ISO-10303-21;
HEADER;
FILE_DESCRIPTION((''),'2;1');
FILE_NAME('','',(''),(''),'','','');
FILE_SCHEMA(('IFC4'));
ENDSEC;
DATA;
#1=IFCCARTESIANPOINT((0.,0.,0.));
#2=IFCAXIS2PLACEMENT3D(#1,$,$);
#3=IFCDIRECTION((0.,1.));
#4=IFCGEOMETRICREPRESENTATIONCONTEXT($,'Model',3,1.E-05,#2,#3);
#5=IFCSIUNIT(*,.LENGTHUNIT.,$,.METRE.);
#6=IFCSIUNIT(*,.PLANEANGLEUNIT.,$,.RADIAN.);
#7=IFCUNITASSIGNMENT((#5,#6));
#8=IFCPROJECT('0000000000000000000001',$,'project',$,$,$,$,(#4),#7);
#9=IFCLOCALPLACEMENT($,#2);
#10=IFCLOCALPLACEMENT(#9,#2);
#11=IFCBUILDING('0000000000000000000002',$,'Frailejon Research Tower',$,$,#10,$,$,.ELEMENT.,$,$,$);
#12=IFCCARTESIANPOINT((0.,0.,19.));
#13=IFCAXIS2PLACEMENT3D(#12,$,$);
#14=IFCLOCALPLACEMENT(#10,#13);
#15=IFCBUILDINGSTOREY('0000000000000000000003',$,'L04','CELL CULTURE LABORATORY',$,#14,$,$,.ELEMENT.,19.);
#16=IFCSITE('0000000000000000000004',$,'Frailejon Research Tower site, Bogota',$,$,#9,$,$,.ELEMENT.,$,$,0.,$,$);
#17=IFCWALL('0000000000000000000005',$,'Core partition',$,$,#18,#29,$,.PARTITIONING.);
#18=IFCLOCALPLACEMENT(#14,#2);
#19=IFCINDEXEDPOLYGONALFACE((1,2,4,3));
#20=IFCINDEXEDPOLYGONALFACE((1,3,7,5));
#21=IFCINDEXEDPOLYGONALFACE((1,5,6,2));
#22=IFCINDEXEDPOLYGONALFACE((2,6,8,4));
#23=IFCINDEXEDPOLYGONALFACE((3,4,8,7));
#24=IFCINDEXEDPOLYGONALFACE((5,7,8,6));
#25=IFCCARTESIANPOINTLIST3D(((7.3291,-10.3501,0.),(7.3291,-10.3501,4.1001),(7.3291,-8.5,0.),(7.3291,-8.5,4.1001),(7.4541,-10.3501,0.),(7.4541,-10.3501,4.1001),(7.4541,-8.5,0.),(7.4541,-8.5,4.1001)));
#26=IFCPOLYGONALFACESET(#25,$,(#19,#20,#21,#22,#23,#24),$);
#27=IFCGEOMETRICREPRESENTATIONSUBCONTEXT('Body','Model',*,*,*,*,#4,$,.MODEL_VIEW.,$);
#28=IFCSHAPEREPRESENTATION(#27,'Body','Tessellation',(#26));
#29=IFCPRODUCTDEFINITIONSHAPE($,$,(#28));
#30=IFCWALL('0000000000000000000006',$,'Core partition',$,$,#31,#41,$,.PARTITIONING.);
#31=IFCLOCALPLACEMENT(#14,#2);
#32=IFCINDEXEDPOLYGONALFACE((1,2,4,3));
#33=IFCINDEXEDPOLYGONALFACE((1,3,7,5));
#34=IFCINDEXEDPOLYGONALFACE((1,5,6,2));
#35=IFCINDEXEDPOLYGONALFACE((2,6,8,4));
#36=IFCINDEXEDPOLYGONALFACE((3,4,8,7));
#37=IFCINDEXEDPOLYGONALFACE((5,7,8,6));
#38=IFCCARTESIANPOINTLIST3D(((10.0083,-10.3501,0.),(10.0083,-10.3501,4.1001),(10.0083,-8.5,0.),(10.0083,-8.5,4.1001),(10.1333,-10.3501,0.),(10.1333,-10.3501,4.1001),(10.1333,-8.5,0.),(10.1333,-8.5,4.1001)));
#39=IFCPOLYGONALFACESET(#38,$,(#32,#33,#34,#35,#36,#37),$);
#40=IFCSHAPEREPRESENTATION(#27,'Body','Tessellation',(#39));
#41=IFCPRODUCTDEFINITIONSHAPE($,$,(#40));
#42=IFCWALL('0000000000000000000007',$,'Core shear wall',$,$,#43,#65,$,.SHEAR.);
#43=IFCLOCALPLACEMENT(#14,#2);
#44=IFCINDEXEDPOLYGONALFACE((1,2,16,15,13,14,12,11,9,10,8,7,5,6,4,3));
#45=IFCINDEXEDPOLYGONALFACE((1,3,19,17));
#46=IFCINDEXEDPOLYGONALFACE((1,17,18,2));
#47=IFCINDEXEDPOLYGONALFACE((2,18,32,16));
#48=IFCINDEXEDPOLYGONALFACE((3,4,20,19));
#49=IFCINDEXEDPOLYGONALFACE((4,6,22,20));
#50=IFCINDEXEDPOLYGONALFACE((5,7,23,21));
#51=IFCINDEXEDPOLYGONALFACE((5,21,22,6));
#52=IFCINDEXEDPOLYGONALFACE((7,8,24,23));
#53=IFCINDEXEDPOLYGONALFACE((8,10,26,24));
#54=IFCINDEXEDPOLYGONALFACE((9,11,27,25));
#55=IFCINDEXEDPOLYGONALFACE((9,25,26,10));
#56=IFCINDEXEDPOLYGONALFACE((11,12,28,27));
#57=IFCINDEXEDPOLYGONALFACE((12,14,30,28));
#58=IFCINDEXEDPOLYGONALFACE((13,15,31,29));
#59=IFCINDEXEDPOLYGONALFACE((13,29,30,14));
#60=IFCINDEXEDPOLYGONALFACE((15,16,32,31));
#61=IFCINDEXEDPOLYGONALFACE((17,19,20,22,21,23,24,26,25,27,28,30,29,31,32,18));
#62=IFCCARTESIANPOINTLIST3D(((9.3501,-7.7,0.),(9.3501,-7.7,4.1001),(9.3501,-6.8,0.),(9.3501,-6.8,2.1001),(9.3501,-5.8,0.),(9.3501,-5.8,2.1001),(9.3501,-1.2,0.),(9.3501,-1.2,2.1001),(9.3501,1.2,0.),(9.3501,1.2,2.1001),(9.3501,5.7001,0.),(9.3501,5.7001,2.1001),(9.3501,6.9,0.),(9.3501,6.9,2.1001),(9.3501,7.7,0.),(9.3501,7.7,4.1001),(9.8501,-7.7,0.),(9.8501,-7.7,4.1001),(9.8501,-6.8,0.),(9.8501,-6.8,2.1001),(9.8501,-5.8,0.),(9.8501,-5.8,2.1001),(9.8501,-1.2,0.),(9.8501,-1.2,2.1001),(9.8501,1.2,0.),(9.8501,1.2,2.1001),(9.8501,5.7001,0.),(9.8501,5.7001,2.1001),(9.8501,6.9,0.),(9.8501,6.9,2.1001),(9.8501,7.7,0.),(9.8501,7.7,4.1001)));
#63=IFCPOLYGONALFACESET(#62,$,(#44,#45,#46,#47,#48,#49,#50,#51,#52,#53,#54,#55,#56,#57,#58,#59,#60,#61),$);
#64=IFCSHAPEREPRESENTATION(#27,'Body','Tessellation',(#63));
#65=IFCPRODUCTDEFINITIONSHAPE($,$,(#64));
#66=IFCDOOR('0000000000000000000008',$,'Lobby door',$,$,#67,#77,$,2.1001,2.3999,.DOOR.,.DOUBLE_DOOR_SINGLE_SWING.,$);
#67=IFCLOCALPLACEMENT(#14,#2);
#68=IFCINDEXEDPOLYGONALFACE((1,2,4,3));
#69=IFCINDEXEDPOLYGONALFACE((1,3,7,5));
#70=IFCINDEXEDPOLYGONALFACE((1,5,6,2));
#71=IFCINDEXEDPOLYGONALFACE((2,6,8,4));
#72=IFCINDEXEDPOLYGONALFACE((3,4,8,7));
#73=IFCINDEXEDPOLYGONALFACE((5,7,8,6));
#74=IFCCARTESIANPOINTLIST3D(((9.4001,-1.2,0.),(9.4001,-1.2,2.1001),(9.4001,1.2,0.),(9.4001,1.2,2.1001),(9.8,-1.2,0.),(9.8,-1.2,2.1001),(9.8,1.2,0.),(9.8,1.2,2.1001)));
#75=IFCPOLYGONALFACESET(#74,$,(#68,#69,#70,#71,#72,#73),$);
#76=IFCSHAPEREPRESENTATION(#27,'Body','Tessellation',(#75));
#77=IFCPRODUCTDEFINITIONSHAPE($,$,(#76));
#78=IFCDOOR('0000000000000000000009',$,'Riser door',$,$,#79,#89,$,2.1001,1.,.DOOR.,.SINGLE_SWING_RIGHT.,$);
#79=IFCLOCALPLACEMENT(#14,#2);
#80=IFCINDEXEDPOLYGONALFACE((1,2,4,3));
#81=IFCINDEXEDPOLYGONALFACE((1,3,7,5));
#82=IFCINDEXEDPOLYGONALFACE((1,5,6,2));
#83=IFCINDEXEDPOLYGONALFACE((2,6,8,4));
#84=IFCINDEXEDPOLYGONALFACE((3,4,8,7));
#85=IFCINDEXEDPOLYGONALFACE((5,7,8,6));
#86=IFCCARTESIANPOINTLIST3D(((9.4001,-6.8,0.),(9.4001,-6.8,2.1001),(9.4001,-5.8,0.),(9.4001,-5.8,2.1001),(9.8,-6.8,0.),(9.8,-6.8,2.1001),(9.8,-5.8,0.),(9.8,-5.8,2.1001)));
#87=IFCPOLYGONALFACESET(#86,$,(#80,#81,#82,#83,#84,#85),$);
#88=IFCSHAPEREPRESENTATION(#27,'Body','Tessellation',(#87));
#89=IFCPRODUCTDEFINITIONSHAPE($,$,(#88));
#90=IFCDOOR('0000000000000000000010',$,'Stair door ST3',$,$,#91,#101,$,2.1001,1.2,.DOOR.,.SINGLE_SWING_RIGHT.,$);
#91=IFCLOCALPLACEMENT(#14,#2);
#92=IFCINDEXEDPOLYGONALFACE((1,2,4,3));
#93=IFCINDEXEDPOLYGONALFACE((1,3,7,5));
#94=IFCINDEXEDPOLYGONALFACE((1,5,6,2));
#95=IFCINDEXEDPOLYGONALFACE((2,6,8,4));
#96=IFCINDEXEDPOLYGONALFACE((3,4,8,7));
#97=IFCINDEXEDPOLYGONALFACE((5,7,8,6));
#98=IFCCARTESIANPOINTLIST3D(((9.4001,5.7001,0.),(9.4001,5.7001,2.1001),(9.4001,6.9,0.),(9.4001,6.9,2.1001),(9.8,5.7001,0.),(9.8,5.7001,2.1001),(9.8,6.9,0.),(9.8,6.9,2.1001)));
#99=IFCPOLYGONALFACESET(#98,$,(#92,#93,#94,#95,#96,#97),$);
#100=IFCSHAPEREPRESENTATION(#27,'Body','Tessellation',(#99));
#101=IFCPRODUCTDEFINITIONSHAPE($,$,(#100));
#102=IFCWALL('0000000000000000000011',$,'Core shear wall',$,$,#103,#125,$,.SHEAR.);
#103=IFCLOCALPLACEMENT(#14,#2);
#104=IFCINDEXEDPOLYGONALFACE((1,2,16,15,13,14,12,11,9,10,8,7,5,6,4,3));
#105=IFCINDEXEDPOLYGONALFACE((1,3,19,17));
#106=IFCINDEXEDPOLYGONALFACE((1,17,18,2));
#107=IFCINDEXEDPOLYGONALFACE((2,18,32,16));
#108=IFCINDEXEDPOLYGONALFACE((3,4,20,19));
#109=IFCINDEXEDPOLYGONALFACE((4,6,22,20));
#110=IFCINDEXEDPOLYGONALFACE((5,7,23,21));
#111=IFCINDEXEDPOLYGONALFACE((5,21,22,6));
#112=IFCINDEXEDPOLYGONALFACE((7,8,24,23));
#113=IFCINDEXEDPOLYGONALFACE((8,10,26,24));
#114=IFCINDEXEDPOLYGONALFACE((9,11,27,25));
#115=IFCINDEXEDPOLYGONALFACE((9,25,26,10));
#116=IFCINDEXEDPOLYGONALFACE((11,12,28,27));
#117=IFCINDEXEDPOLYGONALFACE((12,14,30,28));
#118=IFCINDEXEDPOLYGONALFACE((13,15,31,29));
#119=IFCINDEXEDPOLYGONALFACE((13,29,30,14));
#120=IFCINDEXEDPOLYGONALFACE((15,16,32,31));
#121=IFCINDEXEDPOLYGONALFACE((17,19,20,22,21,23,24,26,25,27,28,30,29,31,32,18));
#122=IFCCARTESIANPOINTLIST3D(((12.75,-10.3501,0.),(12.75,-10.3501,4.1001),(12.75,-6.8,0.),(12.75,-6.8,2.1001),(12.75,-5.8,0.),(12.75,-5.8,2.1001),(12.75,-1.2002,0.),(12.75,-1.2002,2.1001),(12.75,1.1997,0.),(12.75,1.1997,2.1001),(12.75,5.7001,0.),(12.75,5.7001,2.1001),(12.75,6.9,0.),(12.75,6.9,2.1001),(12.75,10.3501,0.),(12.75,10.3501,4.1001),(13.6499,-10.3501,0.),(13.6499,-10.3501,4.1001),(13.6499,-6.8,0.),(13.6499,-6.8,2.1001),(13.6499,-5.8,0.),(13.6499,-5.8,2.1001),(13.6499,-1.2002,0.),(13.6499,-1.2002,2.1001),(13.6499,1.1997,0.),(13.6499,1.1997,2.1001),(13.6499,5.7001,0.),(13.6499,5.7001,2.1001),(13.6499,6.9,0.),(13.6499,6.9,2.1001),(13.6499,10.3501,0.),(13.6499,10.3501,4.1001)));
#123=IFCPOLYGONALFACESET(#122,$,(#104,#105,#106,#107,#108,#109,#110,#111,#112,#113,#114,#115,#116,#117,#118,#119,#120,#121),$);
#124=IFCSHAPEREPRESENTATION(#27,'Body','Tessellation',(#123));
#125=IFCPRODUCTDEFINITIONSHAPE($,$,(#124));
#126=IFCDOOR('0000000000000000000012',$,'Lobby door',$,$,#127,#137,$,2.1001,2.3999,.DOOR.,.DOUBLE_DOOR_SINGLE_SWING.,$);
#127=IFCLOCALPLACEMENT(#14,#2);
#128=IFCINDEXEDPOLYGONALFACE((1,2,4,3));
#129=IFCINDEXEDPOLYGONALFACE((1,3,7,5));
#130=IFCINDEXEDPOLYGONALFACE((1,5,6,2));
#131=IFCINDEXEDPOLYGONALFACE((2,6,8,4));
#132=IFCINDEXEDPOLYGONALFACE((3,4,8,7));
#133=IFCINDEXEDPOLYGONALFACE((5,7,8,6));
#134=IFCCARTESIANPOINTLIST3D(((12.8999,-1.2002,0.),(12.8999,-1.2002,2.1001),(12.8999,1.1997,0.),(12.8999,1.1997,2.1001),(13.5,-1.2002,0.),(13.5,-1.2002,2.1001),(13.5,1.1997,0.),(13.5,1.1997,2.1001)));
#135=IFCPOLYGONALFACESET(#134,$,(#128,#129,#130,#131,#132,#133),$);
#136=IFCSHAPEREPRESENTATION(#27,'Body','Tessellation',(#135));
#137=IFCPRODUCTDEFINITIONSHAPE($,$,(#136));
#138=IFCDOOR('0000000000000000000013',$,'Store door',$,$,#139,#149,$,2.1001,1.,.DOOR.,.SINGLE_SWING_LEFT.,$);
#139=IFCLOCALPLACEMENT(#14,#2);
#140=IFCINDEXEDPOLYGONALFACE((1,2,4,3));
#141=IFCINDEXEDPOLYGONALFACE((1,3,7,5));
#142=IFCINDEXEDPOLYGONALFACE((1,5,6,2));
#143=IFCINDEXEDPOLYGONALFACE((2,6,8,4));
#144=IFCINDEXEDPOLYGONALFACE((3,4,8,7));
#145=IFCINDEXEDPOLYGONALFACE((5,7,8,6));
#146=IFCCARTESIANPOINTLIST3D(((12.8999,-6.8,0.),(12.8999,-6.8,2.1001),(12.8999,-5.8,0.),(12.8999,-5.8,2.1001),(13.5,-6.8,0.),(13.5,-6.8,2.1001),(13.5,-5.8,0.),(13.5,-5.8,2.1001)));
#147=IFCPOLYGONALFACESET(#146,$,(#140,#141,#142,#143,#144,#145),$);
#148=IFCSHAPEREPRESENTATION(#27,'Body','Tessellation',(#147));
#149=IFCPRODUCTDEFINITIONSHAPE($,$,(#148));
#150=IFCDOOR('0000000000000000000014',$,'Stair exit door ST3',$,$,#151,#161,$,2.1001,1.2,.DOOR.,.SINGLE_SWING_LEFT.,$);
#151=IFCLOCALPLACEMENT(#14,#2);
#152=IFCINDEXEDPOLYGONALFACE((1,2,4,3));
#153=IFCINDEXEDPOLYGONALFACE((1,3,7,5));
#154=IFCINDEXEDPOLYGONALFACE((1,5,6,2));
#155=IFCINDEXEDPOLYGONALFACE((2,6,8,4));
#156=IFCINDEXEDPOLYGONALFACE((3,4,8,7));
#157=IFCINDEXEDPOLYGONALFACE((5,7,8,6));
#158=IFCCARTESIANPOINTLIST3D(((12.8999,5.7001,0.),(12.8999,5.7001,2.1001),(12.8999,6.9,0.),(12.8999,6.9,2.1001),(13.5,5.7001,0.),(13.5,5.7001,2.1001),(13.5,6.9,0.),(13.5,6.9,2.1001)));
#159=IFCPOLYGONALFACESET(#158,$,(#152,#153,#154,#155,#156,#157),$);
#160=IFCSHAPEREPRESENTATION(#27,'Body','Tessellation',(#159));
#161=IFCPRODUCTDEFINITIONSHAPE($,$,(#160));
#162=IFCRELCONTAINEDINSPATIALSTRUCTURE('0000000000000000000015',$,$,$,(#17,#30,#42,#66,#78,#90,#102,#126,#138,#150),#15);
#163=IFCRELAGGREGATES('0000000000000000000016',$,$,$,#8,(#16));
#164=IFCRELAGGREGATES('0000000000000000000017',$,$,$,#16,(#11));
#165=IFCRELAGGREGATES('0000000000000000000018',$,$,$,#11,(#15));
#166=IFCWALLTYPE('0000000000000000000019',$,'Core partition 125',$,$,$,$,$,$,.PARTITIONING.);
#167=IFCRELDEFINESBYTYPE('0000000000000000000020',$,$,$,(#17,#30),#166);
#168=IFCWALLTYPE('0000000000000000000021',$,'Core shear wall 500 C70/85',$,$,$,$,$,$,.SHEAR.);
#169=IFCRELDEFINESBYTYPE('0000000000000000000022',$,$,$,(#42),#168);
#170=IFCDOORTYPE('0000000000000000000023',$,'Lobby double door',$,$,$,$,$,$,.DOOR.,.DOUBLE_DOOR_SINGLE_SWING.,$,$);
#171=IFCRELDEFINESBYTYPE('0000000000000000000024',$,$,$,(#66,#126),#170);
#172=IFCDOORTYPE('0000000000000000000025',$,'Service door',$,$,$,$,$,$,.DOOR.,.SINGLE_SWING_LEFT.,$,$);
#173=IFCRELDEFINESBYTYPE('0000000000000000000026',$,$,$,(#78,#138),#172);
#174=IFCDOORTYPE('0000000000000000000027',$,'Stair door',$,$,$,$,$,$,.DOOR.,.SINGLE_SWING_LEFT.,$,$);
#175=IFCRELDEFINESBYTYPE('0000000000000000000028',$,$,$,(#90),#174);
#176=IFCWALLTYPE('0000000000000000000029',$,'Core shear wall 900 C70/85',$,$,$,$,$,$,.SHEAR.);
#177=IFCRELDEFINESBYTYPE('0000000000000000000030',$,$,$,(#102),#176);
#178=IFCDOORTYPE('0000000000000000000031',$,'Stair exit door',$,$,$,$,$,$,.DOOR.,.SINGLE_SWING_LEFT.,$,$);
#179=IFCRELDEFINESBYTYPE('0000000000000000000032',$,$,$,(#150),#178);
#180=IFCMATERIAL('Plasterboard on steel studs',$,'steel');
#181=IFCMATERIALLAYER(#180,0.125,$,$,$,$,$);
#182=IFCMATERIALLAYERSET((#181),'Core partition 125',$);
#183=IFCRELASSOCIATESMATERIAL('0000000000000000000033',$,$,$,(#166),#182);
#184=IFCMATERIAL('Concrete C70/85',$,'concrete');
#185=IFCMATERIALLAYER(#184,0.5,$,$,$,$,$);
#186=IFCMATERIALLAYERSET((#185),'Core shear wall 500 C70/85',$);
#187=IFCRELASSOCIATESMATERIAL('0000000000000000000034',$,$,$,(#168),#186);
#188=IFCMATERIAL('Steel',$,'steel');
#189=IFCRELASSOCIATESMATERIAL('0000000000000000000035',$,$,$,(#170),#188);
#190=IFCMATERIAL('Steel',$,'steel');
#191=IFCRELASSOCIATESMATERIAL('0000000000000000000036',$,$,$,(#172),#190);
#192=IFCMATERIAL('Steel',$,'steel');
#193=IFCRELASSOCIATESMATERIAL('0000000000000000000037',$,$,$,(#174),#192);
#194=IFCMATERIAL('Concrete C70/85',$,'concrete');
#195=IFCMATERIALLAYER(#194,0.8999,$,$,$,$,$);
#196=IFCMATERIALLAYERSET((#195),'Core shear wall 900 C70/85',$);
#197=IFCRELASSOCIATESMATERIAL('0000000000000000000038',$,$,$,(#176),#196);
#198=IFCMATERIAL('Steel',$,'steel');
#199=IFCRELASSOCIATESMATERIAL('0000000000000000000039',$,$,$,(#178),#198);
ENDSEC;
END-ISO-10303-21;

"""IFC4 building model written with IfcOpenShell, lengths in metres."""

from ifc_helpers import new_model, si_unit, direction, frame, frame_2d, origin, place, context, subcontext, project, spatial, rectangle, extrude, material, layer, layer_set, type_object, element, fill, save


model = new_model("IFC4")

# Units and contexts
model_context = context("Model", 3, precision=1e-05, world=origin(), true_north=direction((0.0, 1.0)))
body_context = subcontext(model_context, "Body", "Model", "MODEL_VIEW")
ifc_project = project(units=[si_unit("LENGTHUNIT", "METRE"), si_unit("PLANEANGLEUNIT", "RADIAN")], contexts=[model_context])

# Site, building, storey
site_placement = place(None, origin())
site = spatial("IfcSite", under=ifc_project, at=site_placement, Name="Frailejon Research Tower site, Bogota", CompositionType="ELEMENT", RefElevation=0.0)
building_placement = place(site_placement, origin())
building = spatial("IfcBuilding", under=site, at=building_placement, Name="Frailejon Research Tower", CompositionType="ELEMENT")
storey_placement = place(building_placement, frame((0.0, 0.0, 19.0)))
storey = spatial("IfcBuildingStorey", under=building, at=storey_placement, Name="L04", Description="CELL CULTURE LABORATORY", CompositionType="ELEMENT", Elevation=19.0)

# Walls
ifc_material_1 = material(Name="Plasterboard on steel studs", Category="steel")
ifc_layer_1 = layer(ifc_material_1, 0.125)
ifc_layer_set_1 = layer_set([ifc_layer_1], Name="Core partition 125")
wall_type_1 = type_object("IfcWallType", Name="Core partition 125", PredefinedType="PARTITIONING", material=ifc_layer_set_1)
for number, where, z_axis, x_axis, name in (
    (1, (7.3916, -10.3501, 0.0), (0.0, 0.0, 1.0), (0.0, 1.0, 0.0), "Core partition"),
    (2, (10.0708, -10.3501, 0.0), (0.0, 0.0, 1.0), (0.0, 1.0, 0.0), "Core partition"),
):
    element("IfcWall", number, at=place(storey_placement, frame(where, z_axis=z_axis, x_axis=x_axis)), inside=storey, type_object=wall_type_1, Name=name, PredefinedType="PARTITIONING", context=body_context, shape_type="SweptSolid", body=[
        extrude(rectangle(XDim=1.8501, YDim=0.125, at=frame_2d((0.925, 0.0))), origin(), (0.0, 0.0, 1.0), 4.1001),
    ])

# Walls, openings, doors
ifc_material_2 = material(Name="Concrete C70/85", Category="concrete")
ifc_layer_2 = layer(ifc_material_2, 0.5)
ifc_layer_set_2 = layer_set([ifc_layer_2], Name="Core shear wall 500 C70/85")
wall_type_2 = type_object("IfcWallType", Name="Core shear wall 500 C70/85", PredefinedType="SHEAR", material=ifc_layer_set_2)
wall_1_placement = place(storey_placement, frame((9.6001, -7.7, 0.0), z_axis=(0.0, 0.0, 1.0), x_axis=(0.0, 1.0, 0.0)))
wall_1 = element("IfcWall", 3, at=wall_1_placement, inside=storey, type_object=wall_type_2, Name="Core shear wall", PredefinedType="SHEAR", context=body_context, shape_type="SweptSolid", body=[
    extrude(rectangle(XDim=15.3999, YDim=0.5, at=frame_2d((7.7, 0.0))), origin(), (0.0, 0.0, 1.0), 4.1001),
])
opening_1_placement = place(wall_1_placement, frame((6.5, 0.0, 0.0)))
opening_1 = element("IfcOpeningElement", 4, at=opening_1_placement, cuts=wall_1, PredefinedType="OPENING", context=body_context, shape_type="SweptSolid", body=[
    extrude(rectangle(XDim=2.3999, YDim=2.1001, at=frame_2d((1.2, 1.05))), frame((0.0, 0.26, 0.0), z_axis=(0.0, -1.0, 0.0), x_axis=(1.0, 0.0, 0.0)), (0.0, 0.0, 1.0), 0.52),
])
opening_2_placement = place(wall_1_placement, frame((13.3999, 0.0, 0.0)))
opening_2 = element("IfcOpeningElement", 5, at=opening_2_placement, cuts=wall_1, PredefinedType="OPENING", context=body_context, shape_type="SweptSolid", body=[
    extrude(rectangle(XDim=1.2, YDim=2.1001, at=frame_2d((0.6001, 1.05))), frame((0.0, 0.26, 0.0), z_axis=(0.0, -1.0, 0.0), x_axis=(1.0, 0.0, 0.0)), (0.0, 0.0, 1.0), 0.52),
])
opening_3_placement = place(wall_1_placement, frame((0.8999, 0.0, 0.0)))
opening_3 = element("IfcOpeningElement", 6, at=opening_3_placement, cuts=wall_1, PredefinedType="OPENING", context=body_context, shape_type="SweptSolid", body=[
    extrude(rectangle(XDim=1.0, YDim=2.1001, at=frame_2d((0.5, 1.05))), frame((0.0, 0.26, 0.0), z_axis=(0.0, -1.0, 0.0), x_axis=(1.0, 0.0, 0.0)), (0.0, 0.0, 1.0), 0.52),
])
ifc_material_3 = material(Name="Steel", Category="steel")
door_type_1 = type_object("IfcDoorType", Name="Lobby double door", OperationType="DOUBLE_DOOR_SINGLE_SWING", PredefinedType="DOOR", material=ifc_material_3)
door_1_placement = place(opening_1_placement, origin())
door_1 = element("IfcDoor", 7, at=door_1_placement, inside=storey, type_object=door_type_1, Name="Lobby door", OperationType="DOUBLE_DOOR_SINGLE_SWING", OverallHeight=2.1001, OverallWidth=2.3999, PredefinedType="DOOR", context=body_context, shape_type="SweptSolid", body=[
    extrude(rectangle(XDim=2.3999, YDim=2.1001, at=frame_2d((1.2, 1.05))), frame((0.0, 0.2, 0.0), z_axis=(0.0, -1.0, 0.0), x_axis=(1.0, 0.0, 0.0)), (0.0, 0.0, 1.0), 0.3999),
])
fill(opening_1, door_1)
ifc_material_4 = material(Name="Steel", Category="steel")
door_type_2 = type_object("IfcDoorType", Name="Service door", OperationType="SINGLE_SWING_LEFT", PredefinedType="DOOR", material=ifc_material_4)
door_2_placement = place(opening_3_placement, origin())
door_2 = element("IfcDoor", 8, at=door_2_placement, inside=storey, type_object=door_type_2, Name="Riser door", OperationType="SINGLE_SWING_RIGHT", OverallHeight=2.1001, OverallWidth=1.0, PredefinedType="DOOR", context=body_context, shape_type="SweptSolid", body=[
    extrude(rectangle(XDim=1.0, YDim=2.1001, at=frame_2d((0.5, 1.05))), frame((0.0, 0.2, 0.0), z_axis=(0.0, -1.0, 0.0), x_axis=(1.0, 0.0, 0.0)), (0.0, 0.0, 1.0), 0.3999),
])
fill(opening_3, door_2)
ifc_material_5 = material(Name="Steel", Category="steel")
door_type_3 = type_object("IfcDoorType", Name="Stair door", OperationType="SINGLE_SWING_LEFT", PredefinedType="DOOR", material=ifc_material_5)
door_3_placement = place(opening_2_placement, origin())
door_3 = element("IfcDoor", 9, at=door_3_placement, inside=storey, type_object=door_type_3, Name="Stair door ST3", OperationType="SINGLE_SWING_RIGHT", OverallHeight=2.1001, OverallWidth=1.2, PredefinedType="DOOR", context=body_context, shape_type="SweptSolid", body=[
    extrude(rectangle(XDim=1.2, YDim=2.1001, at=frame_2d((0.6001, 1.05))), frame((0.0, 0.2, 0.0), z_axis=(0.0, -1.0, 0.0), x_axis=(1.0, 0.0, 0.0)), (0.0, 0.0, 1.0), 0.3999),
])
fill(opening_2, door_3)
ifc_material_6 = material(Name="Concrete C70/85", Category="concrete")
ifc_layer_3 = layer(ifc_material_6, 0.8999)
ifc_layer_set_3 = layer_set([ifc_layer_3], Name="Core shear wall 900 C70/85")
wall_type_3 = type_object("IfcWallType", Name="Core shear wall 900 C70/85", PredefinedType="SHEAR", material=ifc_layer_set_3)
wall_2_placement = place(storey_placement, frame((13.2, -10.3501, 0.0), z_axis=(0.0, 0.0, 1.0), x_axis=(0.0, 1.0, 0.0)))
wall_2 = element("IfcWall", 10, at=wall_2_placement, inside=storey, type_object=wall_type_3, Name="Core shear wall", PredefinedType="SHEAR", context=body_context, shape_type="SweptSolid", body=[
    extrude(rectangle(XDim=20.7002, YDim=0.8999, at=frame_2d((10.3501, 0.0))), origin(), (0.0, 0.0, 1.0), 4.1001),
])
opening_4_placement = place(wall_2_placement, frame((9.1499, 0.0, 0.0)))
opening_4 = element("IfcOpeningElement", 11, at=opening_4_placement, cuts=wall_2, PredefinedType="OPENING", context=body_context, shape_type="SweptSolid", body=[
    extrude(rectangle(XDim=2.3999, YDim=2.1001, at=frame_2d((1.2, 1.05))), frame((0.0, 0.46, 0.0), z_axis=(0.0, -1.0, 0.0), x_axis=(1.0, 0.0, 0.0)), (0.0, 0.0, 1.0), 0.9199),
])
opening_5_placement = place(wall_2_placement, frame((16.05, 0.0, 0.0)))
opening_5 = element("IfcOpeningElement", 12, at=opening_5_placement, cuts=wall_2, PredefinedType="OPENING", context=body_context, shape_type="SweptSolid", body=[
    extrude(rectangle(XDim=1.2, YDim=2.1001, at=frame_2d((0.6001, 1.05))), frame((0.0, 0.46, 0.0), z_axis=(0.0, -1.0, 0.0), x_axis=(1.0, 0.0, 0.0)), (0.0, 0.0, 1.0), 0.9199),
])
opening_6_placement = place(wall_2_placement, frame((3.55, 0.0, 0.0)))
opening_6 = element("IfcOpeningElement", 13, at=opening_6_placement, cuts=wall_2, PredefinedType="OPENING", context=body_context, shape_type="SweptSolid", body=[
    extrude(rectangle(XDim=1.0, YDim=2.1001, at=frame_2d((0.5, 1.05))), frame((0.0, 0.46, 0.0), z_axis=(0.0, -1.0, 0.0), x_axis=(1.0, 0.0, 0.0)), (0.0, 0.0, 1.0), 0.9199),
])
door_4_placement = place(opening_4_placement, origin())
door_4 = element("IfcDoor", 14, at=door_4_placement, inside=storey, type_object=door_type_1, Name="Lobby door", OperationType="DOUBLE_DOOR_SINGLE_SWING", OverallHeight=2.1001, OverallWidth=2.3999, PredefinedType="DOOR", context=body_context, shape_type="SweptSolid", body=[
    extrude(rectangle(XDim=2.3999, YDim=2.1001, at=frame_2d((1.2, 1.05))), frame((0.0, 0.3, 0.0), z_axis=(0.0, -1.0, 0.0), x_axis=(1.0, 0.0, 0.0)), (0.0, 0.0, 1.0), 0.6001),
])
fill(opening_4, door_4)
door_5_placement = place(opening_6_placement, origin())
door_5 = element("IfcDoor", 15, at=door_5_placement, inside=storey, type_object=door_type_2, Name="Store door", OperationType="SINGLE_SWING_LEFT", OverallHeight=2.1001, OverallWidth=1.0, PredefinedType="DOOR", context=body_context, shape_type="SweptSolid", body=[
    extrude(rectangle(XDim=1.0, YDim=2.1001, at=frame_2d((0.5, 1.05))), frame((0.0, 0.3, 0.0), z_axis=(0.0, -1.0, 0.0), x_axis=(1.0, 0.0, 0.0)), (0.0, 0.0, 1.0), 0.6001),
])
fill(opening_6, door_5)
ifc_material_7 = material(Name="Steel", Category="steel")
door_type_4 = type_object("IfcDoorType", Name="Stair exit door", OperationType="SINGLE_SWING_LEFT", PredefinedType="DOOR", material=ifc_material_7)
door_6_placement = place(opening_5_placement, origin())
door_6 = element("IfcDoor", 16, at=door_6_placement, inside=storey, type_object=door_type_4, Name="Stair exit door ST3", OperationType="SINGLE_SWING_LEFT", OverallHeight=2.1001, OverallWidth=1.2, PredefinedType="DOOR", context=body_context, shape_type="SweptSolid", body=[
    extrude(rectangle(XDim=1.2, YDim=2.1001, at=frame_2d((0.6001, 1.05))), frame((0.0, 0.3, 0.0), z_axis=(0.0, -1.0, 0.0), x_axis=(1.0, 0.0, 0.0)), (0.0, 0.0, 1.0), 0.6001),
])
fill(opening_5, door_6)

save(model, "model.ifc")
